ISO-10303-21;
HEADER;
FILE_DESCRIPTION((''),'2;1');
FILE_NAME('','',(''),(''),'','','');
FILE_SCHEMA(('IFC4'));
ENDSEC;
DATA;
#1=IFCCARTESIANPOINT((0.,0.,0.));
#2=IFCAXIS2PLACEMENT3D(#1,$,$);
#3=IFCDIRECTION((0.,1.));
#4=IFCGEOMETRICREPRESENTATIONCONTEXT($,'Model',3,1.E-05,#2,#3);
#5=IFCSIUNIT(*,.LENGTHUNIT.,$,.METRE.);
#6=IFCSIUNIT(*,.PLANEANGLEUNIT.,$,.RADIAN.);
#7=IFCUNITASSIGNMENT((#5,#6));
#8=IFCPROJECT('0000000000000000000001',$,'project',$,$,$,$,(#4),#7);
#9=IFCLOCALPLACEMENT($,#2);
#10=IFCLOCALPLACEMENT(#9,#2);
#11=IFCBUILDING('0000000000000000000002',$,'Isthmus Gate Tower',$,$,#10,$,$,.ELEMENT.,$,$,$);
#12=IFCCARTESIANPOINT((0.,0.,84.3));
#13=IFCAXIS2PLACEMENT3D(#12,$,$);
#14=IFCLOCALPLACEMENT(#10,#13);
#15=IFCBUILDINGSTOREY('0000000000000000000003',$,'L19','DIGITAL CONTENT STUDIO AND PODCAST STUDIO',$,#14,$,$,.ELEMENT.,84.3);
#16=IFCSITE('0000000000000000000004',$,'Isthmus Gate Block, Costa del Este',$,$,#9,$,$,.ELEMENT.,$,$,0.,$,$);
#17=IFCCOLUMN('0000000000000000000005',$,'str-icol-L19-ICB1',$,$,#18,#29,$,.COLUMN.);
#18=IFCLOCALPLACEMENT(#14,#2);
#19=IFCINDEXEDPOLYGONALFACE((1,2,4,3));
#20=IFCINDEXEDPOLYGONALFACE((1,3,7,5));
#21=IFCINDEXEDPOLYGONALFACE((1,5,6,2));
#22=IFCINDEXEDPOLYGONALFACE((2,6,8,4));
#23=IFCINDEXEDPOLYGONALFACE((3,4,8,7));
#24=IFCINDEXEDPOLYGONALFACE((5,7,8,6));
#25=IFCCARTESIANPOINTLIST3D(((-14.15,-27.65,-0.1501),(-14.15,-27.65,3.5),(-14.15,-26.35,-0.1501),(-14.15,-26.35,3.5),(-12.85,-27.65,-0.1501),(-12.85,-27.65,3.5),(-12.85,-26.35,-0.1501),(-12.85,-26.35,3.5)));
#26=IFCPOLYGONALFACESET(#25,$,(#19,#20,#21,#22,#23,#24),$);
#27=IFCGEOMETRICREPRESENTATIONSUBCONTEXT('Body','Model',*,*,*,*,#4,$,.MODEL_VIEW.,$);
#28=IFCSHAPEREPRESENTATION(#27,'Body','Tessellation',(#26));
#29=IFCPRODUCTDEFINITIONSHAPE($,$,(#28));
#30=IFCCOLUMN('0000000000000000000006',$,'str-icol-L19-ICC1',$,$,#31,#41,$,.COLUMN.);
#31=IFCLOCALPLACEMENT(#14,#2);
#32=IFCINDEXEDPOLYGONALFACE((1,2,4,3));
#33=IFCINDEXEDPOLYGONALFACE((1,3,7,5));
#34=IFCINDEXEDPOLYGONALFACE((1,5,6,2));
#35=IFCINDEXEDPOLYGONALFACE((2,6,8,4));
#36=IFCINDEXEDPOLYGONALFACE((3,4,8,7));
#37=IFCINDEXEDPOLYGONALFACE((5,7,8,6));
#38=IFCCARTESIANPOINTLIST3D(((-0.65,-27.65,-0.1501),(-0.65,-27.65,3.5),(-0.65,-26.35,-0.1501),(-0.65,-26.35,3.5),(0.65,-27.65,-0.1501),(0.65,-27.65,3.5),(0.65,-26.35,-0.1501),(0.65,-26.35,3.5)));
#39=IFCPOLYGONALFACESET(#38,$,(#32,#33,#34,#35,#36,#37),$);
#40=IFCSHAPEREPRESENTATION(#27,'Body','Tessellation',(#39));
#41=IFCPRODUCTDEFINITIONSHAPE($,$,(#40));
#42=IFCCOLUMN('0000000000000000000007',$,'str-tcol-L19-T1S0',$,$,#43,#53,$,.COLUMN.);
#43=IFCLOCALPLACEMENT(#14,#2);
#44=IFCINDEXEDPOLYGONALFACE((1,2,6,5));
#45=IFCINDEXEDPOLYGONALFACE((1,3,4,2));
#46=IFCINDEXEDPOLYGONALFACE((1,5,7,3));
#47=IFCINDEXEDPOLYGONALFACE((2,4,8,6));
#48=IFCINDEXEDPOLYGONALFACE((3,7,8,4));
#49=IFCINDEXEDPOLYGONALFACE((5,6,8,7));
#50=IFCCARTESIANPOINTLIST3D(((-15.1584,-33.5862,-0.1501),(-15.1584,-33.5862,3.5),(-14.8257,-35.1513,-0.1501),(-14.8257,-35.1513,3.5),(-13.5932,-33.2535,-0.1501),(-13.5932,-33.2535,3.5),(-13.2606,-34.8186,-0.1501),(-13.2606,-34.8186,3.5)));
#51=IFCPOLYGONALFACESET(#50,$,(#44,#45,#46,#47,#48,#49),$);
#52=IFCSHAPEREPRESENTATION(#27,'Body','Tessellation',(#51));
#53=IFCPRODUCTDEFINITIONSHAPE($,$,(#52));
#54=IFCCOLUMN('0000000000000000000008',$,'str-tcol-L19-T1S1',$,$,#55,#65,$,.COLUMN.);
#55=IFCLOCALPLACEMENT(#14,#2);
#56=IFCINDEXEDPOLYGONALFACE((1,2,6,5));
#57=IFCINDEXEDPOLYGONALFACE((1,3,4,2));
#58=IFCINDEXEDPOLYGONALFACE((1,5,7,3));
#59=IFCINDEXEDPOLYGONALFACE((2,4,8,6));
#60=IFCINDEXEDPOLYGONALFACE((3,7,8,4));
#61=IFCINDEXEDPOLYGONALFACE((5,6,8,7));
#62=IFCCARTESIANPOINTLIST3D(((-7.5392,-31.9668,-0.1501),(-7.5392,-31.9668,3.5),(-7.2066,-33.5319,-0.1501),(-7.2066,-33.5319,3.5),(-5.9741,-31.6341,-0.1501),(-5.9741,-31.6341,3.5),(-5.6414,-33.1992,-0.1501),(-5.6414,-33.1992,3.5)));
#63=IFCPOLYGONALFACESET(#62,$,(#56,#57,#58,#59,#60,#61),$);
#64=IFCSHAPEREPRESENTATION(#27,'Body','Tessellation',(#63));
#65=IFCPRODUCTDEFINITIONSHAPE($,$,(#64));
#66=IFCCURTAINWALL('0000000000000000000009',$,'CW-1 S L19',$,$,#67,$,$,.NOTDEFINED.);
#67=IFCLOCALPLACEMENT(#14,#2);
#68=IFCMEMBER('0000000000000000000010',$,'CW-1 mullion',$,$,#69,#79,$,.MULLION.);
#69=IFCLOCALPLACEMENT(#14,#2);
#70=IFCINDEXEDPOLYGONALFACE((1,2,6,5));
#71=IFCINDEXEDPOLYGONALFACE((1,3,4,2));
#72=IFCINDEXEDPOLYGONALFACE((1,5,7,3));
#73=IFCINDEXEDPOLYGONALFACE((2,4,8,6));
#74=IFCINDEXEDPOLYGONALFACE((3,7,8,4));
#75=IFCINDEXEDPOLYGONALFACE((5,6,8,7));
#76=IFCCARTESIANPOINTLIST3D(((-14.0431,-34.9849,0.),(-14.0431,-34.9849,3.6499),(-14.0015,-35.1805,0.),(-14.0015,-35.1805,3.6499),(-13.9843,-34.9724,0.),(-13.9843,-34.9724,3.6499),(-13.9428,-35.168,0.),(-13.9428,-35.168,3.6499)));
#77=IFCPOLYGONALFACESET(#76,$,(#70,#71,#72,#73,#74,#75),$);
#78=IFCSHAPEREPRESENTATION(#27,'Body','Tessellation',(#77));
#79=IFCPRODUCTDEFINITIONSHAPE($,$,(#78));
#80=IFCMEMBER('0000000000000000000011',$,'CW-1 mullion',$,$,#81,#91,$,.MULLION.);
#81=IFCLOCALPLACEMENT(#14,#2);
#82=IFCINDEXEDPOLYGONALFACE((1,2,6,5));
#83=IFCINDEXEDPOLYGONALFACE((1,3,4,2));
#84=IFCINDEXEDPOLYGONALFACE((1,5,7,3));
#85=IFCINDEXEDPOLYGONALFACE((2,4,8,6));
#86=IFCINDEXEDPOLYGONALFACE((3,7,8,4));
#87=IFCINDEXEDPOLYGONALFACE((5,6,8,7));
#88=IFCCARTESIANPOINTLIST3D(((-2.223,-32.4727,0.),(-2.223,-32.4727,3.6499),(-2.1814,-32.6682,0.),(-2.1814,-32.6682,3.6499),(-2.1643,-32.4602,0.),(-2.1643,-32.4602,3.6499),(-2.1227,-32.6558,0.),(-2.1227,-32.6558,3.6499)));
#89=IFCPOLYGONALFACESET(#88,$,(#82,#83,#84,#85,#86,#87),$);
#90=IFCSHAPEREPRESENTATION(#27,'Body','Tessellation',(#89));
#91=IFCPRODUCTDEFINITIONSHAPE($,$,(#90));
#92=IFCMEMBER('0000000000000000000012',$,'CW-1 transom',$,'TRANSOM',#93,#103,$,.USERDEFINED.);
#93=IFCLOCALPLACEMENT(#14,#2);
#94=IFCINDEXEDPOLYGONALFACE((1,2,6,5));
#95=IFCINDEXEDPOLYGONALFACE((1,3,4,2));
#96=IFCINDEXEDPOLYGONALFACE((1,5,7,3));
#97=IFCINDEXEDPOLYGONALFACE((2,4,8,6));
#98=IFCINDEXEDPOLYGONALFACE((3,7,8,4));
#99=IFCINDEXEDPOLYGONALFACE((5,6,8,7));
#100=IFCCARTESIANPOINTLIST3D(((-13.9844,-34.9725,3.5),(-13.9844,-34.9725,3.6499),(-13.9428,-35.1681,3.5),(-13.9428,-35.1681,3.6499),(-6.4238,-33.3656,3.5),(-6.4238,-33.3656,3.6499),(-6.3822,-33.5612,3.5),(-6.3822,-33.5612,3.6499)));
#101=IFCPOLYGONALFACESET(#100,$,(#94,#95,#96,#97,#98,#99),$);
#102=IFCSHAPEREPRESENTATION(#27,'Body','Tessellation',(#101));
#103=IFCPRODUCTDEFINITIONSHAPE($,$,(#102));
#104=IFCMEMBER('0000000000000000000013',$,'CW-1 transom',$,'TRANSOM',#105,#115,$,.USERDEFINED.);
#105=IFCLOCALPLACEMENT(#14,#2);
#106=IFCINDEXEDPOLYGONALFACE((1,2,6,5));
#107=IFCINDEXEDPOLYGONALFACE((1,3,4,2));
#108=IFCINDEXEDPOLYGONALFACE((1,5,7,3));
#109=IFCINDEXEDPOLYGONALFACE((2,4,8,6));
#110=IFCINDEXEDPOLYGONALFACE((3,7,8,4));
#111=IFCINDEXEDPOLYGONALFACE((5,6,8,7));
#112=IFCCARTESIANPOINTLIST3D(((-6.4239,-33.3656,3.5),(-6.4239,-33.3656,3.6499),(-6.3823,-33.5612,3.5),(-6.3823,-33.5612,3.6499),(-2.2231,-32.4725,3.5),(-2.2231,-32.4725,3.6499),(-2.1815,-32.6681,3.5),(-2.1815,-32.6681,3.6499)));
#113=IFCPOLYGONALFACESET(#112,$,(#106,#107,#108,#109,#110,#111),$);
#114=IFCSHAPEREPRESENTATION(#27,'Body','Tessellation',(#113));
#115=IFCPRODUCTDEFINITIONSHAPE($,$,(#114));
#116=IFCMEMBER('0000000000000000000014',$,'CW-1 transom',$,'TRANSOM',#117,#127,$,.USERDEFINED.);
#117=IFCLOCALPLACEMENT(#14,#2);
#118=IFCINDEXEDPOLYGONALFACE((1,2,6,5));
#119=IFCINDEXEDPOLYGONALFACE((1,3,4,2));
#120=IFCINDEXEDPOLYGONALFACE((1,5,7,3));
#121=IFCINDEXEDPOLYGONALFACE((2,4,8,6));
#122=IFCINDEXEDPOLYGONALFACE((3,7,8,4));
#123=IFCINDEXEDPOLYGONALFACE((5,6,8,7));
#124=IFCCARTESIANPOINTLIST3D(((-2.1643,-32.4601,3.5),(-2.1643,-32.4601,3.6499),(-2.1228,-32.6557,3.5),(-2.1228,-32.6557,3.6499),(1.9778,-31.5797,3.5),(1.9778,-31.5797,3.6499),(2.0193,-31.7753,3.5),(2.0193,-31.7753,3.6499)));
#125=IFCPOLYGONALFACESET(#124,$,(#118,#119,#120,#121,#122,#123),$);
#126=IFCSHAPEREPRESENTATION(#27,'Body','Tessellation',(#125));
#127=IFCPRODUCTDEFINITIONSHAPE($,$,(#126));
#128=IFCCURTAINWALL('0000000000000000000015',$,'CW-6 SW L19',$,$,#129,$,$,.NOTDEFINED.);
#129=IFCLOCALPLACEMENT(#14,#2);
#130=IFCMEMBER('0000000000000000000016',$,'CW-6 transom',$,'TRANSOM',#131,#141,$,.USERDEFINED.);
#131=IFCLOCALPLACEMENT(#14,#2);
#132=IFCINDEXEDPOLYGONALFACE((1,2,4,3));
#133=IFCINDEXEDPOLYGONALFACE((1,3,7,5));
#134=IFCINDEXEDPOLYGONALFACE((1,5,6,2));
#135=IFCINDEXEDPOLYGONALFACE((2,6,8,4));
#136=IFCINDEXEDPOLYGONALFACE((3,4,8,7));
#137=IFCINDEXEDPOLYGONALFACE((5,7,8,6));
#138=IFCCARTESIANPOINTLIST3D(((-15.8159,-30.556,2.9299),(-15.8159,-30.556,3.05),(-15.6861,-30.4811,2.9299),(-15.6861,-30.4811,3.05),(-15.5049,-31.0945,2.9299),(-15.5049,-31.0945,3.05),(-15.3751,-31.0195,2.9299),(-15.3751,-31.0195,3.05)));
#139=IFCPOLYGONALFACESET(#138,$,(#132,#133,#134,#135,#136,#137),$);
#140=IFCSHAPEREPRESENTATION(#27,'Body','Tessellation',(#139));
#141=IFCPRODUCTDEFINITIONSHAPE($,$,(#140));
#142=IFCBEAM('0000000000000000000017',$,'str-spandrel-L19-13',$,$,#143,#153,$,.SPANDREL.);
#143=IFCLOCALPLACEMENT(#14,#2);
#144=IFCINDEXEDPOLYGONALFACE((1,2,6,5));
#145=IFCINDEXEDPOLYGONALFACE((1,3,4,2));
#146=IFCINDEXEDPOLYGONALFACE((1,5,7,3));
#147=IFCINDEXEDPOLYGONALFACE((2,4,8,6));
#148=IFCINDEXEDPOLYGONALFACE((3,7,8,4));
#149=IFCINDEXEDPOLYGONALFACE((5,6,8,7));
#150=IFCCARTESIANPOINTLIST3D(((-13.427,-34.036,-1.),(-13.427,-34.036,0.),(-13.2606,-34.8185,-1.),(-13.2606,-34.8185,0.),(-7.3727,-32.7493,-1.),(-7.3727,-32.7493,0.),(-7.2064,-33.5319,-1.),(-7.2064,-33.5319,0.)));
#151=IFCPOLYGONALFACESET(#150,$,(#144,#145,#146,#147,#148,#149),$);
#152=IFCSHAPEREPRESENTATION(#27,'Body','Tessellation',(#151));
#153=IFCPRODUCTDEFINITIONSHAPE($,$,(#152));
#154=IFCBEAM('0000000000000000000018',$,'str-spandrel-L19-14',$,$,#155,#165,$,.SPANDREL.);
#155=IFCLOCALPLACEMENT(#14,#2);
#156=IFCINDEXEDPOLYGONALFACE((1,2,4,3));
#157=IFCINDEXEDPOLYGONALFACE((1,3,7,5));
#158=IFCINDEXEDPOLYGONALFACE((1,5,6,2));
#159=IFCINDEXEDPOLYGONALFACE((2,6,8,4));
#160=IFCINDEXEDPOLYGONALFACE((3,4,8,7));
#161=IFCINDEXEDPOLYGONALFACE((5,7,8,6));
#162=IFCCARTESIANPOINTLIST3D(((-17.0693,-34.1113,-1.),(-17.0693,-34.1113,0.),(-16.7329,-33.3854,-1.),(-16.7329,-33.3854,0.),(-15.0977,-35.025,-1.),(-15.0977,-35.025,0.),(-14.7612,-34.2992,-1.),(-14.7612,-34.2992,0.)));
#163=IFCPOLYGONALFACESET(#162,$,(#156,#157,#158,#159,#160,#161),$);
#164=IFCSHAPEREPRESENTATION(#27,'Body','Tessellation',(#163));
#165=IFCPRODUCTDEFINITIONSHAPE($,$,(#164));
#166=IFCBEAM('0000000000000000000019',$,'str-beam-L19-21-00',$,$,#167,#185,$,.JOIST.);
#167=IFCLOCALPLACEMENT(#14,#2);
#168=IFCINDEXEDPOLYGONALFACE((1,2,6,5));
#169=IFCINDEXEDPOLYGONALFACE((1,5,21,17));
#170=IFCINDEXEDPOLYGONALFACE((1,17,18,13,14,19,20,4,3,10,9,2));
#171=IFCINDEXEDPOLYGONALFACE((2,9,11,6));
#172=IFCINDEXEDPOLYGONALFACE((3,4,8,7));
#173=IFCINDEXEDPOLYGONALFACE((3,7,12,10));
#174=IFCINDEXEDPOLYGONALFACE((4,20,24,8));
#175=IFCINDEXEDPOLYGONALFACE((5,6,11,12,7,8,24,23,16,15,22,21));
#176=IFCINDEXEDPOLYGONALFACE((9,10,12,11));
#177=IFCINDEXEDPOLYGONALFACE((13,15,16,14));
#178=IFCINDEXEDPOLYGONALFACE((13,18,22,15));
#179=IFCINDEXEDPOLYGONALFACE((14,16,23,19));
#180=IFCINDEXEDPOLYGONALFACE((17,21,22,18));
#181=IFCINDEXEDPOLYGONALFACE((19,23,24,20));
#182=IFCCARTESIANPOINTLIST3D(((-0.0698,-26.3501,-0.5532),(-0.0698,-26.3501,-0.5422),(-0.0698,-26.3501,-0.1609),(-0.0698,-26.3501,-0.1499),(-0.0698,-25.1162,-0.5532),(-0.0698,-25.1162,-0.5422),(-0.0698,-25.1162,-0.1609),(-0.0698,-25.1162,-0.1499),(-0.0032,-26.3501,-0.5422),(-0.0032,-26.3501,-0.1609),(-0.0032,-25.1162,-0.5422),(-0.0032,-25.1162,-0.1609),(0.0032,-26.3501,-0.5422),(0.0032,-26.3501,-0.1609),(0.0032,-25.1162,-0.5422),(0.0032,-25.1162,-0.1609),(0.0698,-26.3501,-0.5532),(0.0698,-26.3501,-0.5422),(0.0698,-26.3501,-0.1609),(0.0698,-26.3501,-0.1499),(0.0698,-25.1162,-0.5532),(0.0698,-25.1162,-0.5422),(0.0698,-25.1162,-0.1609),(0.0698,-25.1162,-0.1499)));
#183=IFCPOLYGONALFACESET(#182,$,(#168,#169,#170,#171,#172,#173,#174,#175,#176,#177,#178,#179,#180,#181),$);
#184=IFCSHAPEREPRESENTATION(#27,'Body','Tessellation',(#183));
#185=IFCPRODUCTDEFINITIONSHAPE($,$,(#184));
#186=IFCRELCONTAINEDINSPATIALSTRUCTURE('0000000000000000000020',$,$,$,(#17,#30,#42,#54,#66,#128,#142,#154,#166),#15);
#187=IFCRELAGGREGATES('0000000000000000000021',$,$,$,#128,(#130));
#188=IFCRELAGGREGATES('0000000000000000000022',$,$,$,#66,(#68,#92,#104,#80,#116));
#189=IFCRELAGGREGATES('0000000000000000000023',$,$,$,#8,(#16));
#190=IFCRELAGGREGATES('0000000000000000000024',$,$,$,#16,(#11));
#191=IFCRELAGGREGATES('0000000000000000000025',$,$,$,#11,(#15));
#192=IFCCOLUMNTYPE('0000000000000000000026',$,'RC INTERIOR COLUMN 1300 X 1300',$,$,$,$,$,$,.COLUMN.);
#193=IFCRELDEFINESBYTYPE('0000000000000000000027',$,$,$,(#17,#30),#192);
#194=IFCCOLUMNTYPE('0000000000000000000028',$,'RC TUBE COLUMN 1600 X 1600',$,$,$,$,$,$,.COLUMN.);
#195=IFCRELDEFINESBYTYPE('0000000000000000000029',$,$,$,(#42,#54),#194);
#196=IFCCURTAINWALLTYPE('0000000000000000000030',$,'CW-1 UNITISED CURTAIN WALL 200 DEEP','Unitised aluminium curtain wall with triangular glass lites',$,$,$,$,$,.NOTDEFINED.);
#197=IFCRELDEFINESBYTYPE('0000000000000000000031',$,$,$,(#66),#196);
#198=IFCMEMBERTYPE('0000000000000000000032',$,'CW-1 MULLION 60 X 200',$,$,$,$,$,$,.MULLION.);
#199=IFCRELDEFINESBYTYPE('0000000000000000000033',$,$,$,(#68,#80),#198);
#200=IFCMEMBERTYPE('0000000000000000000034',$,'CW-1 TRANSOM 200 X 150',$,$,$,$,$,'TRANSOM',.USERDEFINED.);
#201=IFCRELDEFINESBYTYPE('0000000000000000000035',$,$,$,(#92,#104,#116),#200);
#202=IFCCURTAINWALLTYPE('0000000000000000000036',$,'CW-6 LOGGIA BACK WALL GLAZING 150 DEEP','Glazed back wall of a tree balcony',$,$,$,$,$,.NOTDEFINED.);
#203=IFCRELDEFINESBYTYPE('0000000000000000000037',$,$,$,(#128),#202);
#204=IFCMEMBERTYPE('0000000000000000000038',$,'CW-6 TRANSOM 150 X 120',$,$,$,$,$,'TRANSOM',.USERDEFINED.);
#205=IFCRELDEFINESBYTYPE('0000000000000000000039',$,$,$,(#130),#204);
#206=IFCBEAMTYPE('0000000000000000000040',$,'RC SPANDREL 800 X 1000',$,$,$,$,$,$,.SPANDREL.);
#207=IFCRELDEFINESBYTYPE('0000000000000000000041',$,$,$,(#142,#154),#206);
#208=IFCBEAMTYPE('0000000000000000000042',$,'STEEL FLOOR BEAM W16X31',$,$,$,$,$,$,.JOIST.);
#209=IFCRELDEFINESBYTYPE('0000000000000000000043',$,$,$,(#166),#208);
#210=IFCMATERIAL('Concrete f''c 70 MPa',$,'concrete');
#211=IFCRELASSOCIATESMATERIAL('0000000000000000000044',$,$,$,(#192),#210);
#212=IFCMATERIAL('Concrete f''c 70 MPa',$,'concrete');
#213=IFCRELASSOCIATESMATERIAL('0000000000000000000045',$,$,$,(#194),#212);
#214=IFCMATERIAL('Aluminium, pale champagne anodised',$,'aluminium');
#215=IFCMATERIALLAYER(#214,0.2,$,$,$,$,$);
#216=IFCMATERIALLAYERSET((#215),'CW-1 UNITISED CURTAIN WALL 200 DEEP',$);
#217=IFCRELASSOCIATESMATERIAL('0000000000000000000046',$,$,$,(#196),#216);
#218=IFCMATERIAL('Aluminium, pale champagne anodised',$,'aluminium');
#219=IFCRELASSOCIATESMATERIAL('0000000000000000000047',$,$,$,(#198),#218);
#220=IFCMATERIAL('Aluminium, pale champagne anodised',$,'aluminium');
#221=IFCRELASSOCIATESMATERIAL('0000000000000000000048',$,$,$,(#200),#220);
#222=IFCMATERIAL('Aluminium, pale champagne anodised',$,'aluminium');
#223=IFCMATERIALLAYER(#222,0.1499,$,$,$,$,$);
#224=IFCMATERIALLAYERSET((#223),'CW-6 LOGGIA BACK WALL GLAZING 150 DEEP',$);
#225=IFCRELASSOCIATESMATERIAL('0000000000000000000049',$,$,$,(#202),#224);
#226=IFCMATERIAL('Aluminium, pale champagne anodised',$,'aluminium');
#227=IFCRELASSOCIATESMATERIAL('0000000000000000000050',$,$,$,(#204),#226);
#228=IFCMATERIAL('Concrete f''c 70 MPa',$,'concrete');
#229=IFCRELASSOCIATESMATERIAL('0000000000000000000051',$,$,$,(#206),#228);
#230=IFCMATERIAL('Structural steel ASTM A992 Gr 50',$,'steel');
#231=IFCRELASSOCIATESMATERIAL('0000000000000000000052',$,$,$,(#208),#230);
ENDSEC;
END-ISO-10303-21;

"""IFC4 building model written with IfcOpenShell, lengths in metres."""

from ifc_helpers import new_model, si_unit, direction, frame, origin, origin_2d, place, context, subcontext, project, spatial, rectangle, i_section, extrude, material, layer, layer_set, material_profile, profile_set, type_object, element, aggregate, save


model = new_model("IFC4")

# Units and contexts
model_context = context("Model", 3, precision=1e-05, world=origin(), true_north=direction((0.0, 1.0)))
body_context = subcontext(model_context, "Body", "Model", "MODEL_VIEW")
ifc_project = project(units=[si_unit("LENGTHUNIT", "METRE"), si_unit("PLANEANGLEUNIT", "RADIAN")], contexts=[model_context])

# Site, building, storey
site_placement = place(None, origin())
site = spatial("IfcSite", under=ifc_project, at=site_placement, Name="Isthmus Gate Block, Costa del Este", CompositionType="ELEMENT", RefElevation=0.0)
building_placement = place(site_placement, origin())
building = spatial("IfcBuilding", under=site, at=building_placement, Name="Isthmus Gate Tower", CompositionType="ELEMENT")
storey_placement = place(building_placement, frame((0.0, 0.0, 84.3)))
storey = spatial("IfcBuildingStorey", under=building, at=storey_placement, Name="L19", Description="DIGITAL CONTENT STUDIO AND PODCAST STUDIO", CompositionType="ELEMENT", Elevation=84.3)

# Columns
ifc_material_1 = material(Name="Concrete f'c 70 MPa", Category="concrete")
ifc_material_profile_1 = material_profile(ifc_material_1, rectangle(XDim=1.3, YDim=1.3, at=origin_2d()), Name="RC 1300X1300")
ifc_profile_set_1 = profile_set([ifc_material_profile_1], Name="Concrete f'c 70 MPa")
column_type_1 = type_object("IfcColumnType", Name="RC INTERIOR COLUMN 1300 X 1300", PredefinedType="COLUMN", material=ifc_profile_set_1)
for number, where, z_axis, x_axis, name in (
    (1, (-13.5, -27.0, -0.1501), (0.0, 0.0, 1.0), (1.0, 0.0, 0.0), "str-icol-L19-ICB1"),
    (2, (0.0, -27.0, -0.1501), (0.0, 0.0, 1.0), (1.0, 0.0, 0.0), "str-icol-L19-ICC1"),
):
    element("IfcColumn", number, at=place(storey_placement, frame(where, z_axis=z_axis, x_axis=x_axis)), inside=storey, type_object=column_type_1, Name=name, PredefinedType="COLUMN", context=body_context, shape_type="SweptSolid", body=[
        extrude(rectangle(XDim=1.3, YDim=1.3, at=origin_2d()), origin(), (0.0, 0.0, 1.0), 3.6501),
    ])
ifc_material_2 = material(Name="Concrete f'c 70 MPa", Category="concrete")
ifc_material_profile_2 = material_profile(ifc_material_2, rectangle(XDim=1.6001, YDim=1.6001, at=origin_2d()), Name="RC 1600X1600")
ifc_profile_set_2 = profile_set([ifc_material_profile_2], Name="Concrete f'c 70 MPa")
column_type_2 = type_object("IfcColumnType", Name="RC TUBE COLUMN 1600 X 1600", PredefinedType="COLUMN", material=ifc_profile_set_2)
for number, where, z_axis, x_axis, name in (
    (3, (-14.2095, -34.2024, -0.1501), (0.0, 0.0, 1.0), (0.978148, 0.207912, 0.0), "str-tcol-L19-T1S0"),
    (4, (-6.5903, -32.583, -0.1501), (0.0, 0.0, 1.0), (0.978148, 0.207912, 0.0), "str-tcol-L19-T1S1"),
):
    element("IfcColumn", number, at=place(storey_placement, frame(where, z_axis=z_axis, x_axis=x_axis)), inside=storey, type_object=column_type_2, Name=name, PredefinedType="COLUMN", context=body_context, shape_type="SweptSolid", body=[
        extrude(rectangle(XDim=1.6001, YDim=1.6001, at=origin_2d()), origin(), (0.0, 0.0, 1.0), 3.6501),
    ])

# Curtain wall, members
ifc_material_3 = material(Name="Aluminium, pale champagne anodised", Category="aluminium")
ifc_layer_1 = layer(ifc_material_3, 0.2)
ifc_layer_set_1 = layer_set([ifc_layer_1], Name="CW-1 UNITISED CURTAIN WALL 200 DEEP")
curtain_wall_type_1 = type_object("IfcCurtainWallType", Name="CW-1 UNITISED CURTAIN WALL 200 DEEP", Description="Unitised aluminium curtain wall with triangular glass lites", PredefinedType="NOTDEFINED", material=ifc_layer_set_1)
curtain_wall_1_placement = place(storey_placement, origin())
curtain_wall_1 = element("IfcCurtainWall", 5, at=curtain_wall_1_placement, inside=storey, type_object=curtain_wall_type_1, Name="CW-1 S L19", PredefinedType="NOTDEFINED")
ifc_material_4 = material(Name="Aluminium, pale champagne anodised", Category="aluminium")
ifc_material_profile_3 = material_profile(ifc_material_4, rectangle(XDim=0.0601, YDim=0.2, at=origin_2d()), Name="60x200")
ifc_profile_set_3 = profile_set([ifc_material_profile_3], Name="Aluminium, pale champagne anodised")
member_type_1 = type_object("IfcMemberType", Name="CW-1 MULLION 60 X 200", PredefinedType="MULLION", material=ifc_profile_set_3)
member_1_placement = place(storey_placement, frame((-13.9929, -35.0764, 0.0), z_axis=(0.0, 0.0, 1.0), x_axis=(0.978148, 0.207912, 0.0)))
member_1 = element("IfcMember", 6, at=member_1_placement, type_object=member_type_1, Name="CW-1 mullion", PredefinedType="MULLION", context=body_context, shape_type="SweptSolid", body=[
    extrude(rectangle(XDim=0.0601, YDim=0.2, at=origin_2d()), origin(), (0.0, 0.0, 1.0), 3.6499),
])
member_2_placement = place(storey_placement, frame((-2.1729, -32.5642, 0.0), z_axis=(0.0, 0.0, 1.0), x_axis=(0.978148, 0.207912, 0.0)))
member_2 = element("IfcMember", 7, at=member_2_placement, type_object=member_type_1, Name="CW-1 mullion", PredefinedType="MULLION", context=body_context, shape_type="SweptSolid", body=[
    extrude(rectangle(XDim=0.0601, YDim=0.2, at=origin_2d()), origin(), (0.0, 0.0, 1.0), 3.6499),
])
ifc_material_5 = material(Name="Aluminium, pale champagne anodised", Category="aluminium")
ifc_material_profile_4 = material_profile(ifc_material_5, rectangle(XDim=0.2, YDim=0.1499, at=origin_2d()), Name="200x150")
ifc_profile_set_4 = profile_set([ifc_material_profile_4], Name="Aluminium, pale champagne anodised")
member_type_2 = type_object("IfcMemberType", Name="CW-1 TRANSOM 200 X 150", ElementType="TRANSOM", PredefinedType="USERDEFINED", material=ifc_profile_set_4)
member_3_placement = place(storey_placement, frame((-13.9636, -35.0703, 3.575), z_axis=(0.978151, 0.207898, 0.0), x_axis=(-0.207898, 0.978151, 0.0)))
member_3 = element("IfcMember", 8, at=member_3_placement, type_object=member_type_2, Name="CW-1 transom", ObjectType="TRANSOM", PredefinedType="USERDEFINED", context=body_context, shape_type="SweptSolid", body=[
    extrude(rectangle(XDim=0.2, YDim=0.1499, at=origin_2d()), origin(), (0.0, 0.0, 1.0), 7.7295),
])
member_4_placement = place(storey_placement, frame((-6.4031, -33.4634, 3.575), z_axis=(0.978139, 0.207953, 0.0), x_axis=(-0.207953, 0.978139, 0.0)))
member_4 = element("IfcMember", 9, at=member_4_placement, type_object=member_type_2, Name="CW-1 transom", ObjectType="TRANSOM", PredefinedType="USERDEFINED", context=body_context, shape_type="SweptSolid", body=[
    extrude(rectangle(XDim=0.2, YDim=0.1499, at=origin_2d()), origin(), (0.0, 0.0, 1.0), 4.2947),
])
member_5_placement = place(storey_placement, frame((-2.1436, -32.5579, 3.575), z_axis=(0.97815, 0.207899, 0.0), x_axis=(-0.207899, 0.97815, 0.0)))
member_5 = element("IfcMember", 10, at=member_5_placement, type_object=member_type_2, Name="CW-1 transom", ObjectType="TRANSOM", PredefinedType="USERDEFINED", context=body_context, shape_type="SweptSolid", body=[
    extrude(rectangle(XDim=0.2, YDim=0.1499, at=origin_2d()), origin(), (0.0, 0.0, 1.0), 4.2346),
])

# Curtain wall, member
ifc_material_6 = material(Name="Aluminium, pale champagne anodised", Category="aluminium")
ifc_layer_2 = layer(ifc_material_6, 0.1499)
ifc_layer_set_2 = layer_set([ifc_layer_2], Name="CW-6 LOGGIA BACK WALL GLAZING 150 DEEP")
curtain_wall_type_2 = type_object("IfcCurtainWallType", Name="CW-6 LOGGIA BACK WALL GLAZING 150 DEEP", Description="Glazed back wall of a tree balcony", PredefinedType="NOTDEFINED", material=ifc_layer_set_2)
curtain_wall_2_placement = place(storey_placement, origin())
curtain_wall_2 = element("IfcCurtainWall", 11, at=curtain_wall_2_placement, inside=storey, type_object=curtain_wall_type_2, Name="CW-6 SW L19", PredefinedType="NOTDEFINED")
ifc_material_7 = material(Name="Aluminium, pale champagne anodised", Category="aluminium")
ifc_material_profile_5 = material_profile(ifc_material_7, rectangle(XDim=0.1499, YDim=0.1201, at=origin_2d()), Name="150x120")
ifc_profile_set_5 = profile_set([ifc_material_profile_5], Name="Aluminium, pale champagne anodised")
member_type_3 = type_object("IfcMemberType", Name="CW-6 TRANSOM 150 X 120", ElementType="TRANSOM", PredefinedType="USERDEFINED", material=ifc_profile_set_5)
member_6_placement = place(storey_placement, frame((-15.751, -30.5186, 2.99), z_axis=(0.500108, -0.865963, 0.0), x_axis=(0.865963, 0.500108, 0.0)))
member_6 = element("IfcMember", 12, at=member_6_placement, type_object=member_type_3, Name="CW-6 transom", ObjectType="TRANSOM", PredefinedType="USERDEFINED", context=body_context, shape_type="SweptSolid", body=[
    extrude(rectangle(XDim=0.1499, YDim=0.1201, at=origin_2d()), origin(), (0.0, 0.0, 1.0), 0.6218),
])

# Beams
ifc_material_8 = material(Name="Concrete f'c 70 MPa", Category="concrete")
ifc_material_profile_6 = material_profile(ifc_material_8, rectangle(XDim=0.8, YDim=1.0, at=origin_2d()), Name="RC 800X1000")
ifc_profile_set_6 = profile_set([ifc_material_profile_6], Name="Concrete f'c 70 MPa")
beam_type_1 = type_object("IfcBeamType", Name="RC SPANDREL 800 X 1000", PredefinedType="SPANDREL", material=ifc_profile_set_6)
beam_1_placement = place(storey_placement, frame((-7.2896, -33.1406, -0.5), z_axis=(-0.978155, -0.207875, 0.0), x_axis=(0.207875, -0.978155, 0.0)))
element("IfcBeam", 13, at=beam_1_placement, inside=storey, type_object=beam_type_1, Name="str-spandrel-L19-13", PredefinedType="SPANDREL", context=body_context, shape_type="SweptSolid", body=[
    extrude(rectangle(XDim=0.8, YDim=1.0, at=origin_2d()), origin(), (0.0, 0.0, 1.0), 6.1895),
])
beam_2_placement = place(storey_placement, frame((-14.9294, -34.6621, -0.5), z_axis=(-0.907291, 0.420504, 0.0), x_axis=(-0.420504, -0.907291, 0.0)))
element("IfcBeam", 14, at=beam_2_placement, inside=storey, type_object=beam_type_1, Name="str-spandrel-L19-14", PredefinedType="SPANDREL", context=body_context, shape_type="SweptSolid", body=[
    extrude(rectangle(XDim=0.8, YDim=1.0, at=origin_2d()), origin(), (0.0, 0.0, 1.0), 2.1731),
])
ifc_material_9 = material(Name="Structural steel ASTM A992 Gr 50", Category="steel")
ifc_material_profile_7 = material_profile(ifc_material_9, i_section(OverallWidth=0.1396, OverallDepth=0.4033, WebThickness=0.0063, FlangeThickness=0.011, at=origin_2d()), Name="W16X31")
ifc_profile_set_7 = profile_set([ifc_material_profile_7], Name="Structural steel ASTM A992 Gr 50")
beam_type_2 = type_object("IfcBeamType", Name="STEEL FLOOR BEAM W16X31", PredefinedType="JOIST", material=ifc_profile_set_7)
beam_3_placement = place(storey_placement, frame((0.0, -26.3501, -0.3516), z_axis=(0.0, 1.0, 0.0), x_axis=(-1.0, 0.0, 0.0)))
element("IfcBeam", 15, at=beam_3_placement, inside=storey, type_object=beam_type_2, Name="str-beam-L19-21-00", PredefinedType="JOIST", context=body_context, shape_type="SweptSolid", body=[
    extrude(i_section(OverallWidth=0.1396, OverallDepth=0.4033, WebThickness=0.0063, FlangeThickness=0.011, at=origin_2d()), origin(), (0.0, 0.0, 1.0), 1.2339),
])

aggregate(curtain_wall_2, [member_6])

aggregate(curtain_wall_1, [member_1, member_3, member_4, member_2, member_5])

save(model, "model.ifc")
